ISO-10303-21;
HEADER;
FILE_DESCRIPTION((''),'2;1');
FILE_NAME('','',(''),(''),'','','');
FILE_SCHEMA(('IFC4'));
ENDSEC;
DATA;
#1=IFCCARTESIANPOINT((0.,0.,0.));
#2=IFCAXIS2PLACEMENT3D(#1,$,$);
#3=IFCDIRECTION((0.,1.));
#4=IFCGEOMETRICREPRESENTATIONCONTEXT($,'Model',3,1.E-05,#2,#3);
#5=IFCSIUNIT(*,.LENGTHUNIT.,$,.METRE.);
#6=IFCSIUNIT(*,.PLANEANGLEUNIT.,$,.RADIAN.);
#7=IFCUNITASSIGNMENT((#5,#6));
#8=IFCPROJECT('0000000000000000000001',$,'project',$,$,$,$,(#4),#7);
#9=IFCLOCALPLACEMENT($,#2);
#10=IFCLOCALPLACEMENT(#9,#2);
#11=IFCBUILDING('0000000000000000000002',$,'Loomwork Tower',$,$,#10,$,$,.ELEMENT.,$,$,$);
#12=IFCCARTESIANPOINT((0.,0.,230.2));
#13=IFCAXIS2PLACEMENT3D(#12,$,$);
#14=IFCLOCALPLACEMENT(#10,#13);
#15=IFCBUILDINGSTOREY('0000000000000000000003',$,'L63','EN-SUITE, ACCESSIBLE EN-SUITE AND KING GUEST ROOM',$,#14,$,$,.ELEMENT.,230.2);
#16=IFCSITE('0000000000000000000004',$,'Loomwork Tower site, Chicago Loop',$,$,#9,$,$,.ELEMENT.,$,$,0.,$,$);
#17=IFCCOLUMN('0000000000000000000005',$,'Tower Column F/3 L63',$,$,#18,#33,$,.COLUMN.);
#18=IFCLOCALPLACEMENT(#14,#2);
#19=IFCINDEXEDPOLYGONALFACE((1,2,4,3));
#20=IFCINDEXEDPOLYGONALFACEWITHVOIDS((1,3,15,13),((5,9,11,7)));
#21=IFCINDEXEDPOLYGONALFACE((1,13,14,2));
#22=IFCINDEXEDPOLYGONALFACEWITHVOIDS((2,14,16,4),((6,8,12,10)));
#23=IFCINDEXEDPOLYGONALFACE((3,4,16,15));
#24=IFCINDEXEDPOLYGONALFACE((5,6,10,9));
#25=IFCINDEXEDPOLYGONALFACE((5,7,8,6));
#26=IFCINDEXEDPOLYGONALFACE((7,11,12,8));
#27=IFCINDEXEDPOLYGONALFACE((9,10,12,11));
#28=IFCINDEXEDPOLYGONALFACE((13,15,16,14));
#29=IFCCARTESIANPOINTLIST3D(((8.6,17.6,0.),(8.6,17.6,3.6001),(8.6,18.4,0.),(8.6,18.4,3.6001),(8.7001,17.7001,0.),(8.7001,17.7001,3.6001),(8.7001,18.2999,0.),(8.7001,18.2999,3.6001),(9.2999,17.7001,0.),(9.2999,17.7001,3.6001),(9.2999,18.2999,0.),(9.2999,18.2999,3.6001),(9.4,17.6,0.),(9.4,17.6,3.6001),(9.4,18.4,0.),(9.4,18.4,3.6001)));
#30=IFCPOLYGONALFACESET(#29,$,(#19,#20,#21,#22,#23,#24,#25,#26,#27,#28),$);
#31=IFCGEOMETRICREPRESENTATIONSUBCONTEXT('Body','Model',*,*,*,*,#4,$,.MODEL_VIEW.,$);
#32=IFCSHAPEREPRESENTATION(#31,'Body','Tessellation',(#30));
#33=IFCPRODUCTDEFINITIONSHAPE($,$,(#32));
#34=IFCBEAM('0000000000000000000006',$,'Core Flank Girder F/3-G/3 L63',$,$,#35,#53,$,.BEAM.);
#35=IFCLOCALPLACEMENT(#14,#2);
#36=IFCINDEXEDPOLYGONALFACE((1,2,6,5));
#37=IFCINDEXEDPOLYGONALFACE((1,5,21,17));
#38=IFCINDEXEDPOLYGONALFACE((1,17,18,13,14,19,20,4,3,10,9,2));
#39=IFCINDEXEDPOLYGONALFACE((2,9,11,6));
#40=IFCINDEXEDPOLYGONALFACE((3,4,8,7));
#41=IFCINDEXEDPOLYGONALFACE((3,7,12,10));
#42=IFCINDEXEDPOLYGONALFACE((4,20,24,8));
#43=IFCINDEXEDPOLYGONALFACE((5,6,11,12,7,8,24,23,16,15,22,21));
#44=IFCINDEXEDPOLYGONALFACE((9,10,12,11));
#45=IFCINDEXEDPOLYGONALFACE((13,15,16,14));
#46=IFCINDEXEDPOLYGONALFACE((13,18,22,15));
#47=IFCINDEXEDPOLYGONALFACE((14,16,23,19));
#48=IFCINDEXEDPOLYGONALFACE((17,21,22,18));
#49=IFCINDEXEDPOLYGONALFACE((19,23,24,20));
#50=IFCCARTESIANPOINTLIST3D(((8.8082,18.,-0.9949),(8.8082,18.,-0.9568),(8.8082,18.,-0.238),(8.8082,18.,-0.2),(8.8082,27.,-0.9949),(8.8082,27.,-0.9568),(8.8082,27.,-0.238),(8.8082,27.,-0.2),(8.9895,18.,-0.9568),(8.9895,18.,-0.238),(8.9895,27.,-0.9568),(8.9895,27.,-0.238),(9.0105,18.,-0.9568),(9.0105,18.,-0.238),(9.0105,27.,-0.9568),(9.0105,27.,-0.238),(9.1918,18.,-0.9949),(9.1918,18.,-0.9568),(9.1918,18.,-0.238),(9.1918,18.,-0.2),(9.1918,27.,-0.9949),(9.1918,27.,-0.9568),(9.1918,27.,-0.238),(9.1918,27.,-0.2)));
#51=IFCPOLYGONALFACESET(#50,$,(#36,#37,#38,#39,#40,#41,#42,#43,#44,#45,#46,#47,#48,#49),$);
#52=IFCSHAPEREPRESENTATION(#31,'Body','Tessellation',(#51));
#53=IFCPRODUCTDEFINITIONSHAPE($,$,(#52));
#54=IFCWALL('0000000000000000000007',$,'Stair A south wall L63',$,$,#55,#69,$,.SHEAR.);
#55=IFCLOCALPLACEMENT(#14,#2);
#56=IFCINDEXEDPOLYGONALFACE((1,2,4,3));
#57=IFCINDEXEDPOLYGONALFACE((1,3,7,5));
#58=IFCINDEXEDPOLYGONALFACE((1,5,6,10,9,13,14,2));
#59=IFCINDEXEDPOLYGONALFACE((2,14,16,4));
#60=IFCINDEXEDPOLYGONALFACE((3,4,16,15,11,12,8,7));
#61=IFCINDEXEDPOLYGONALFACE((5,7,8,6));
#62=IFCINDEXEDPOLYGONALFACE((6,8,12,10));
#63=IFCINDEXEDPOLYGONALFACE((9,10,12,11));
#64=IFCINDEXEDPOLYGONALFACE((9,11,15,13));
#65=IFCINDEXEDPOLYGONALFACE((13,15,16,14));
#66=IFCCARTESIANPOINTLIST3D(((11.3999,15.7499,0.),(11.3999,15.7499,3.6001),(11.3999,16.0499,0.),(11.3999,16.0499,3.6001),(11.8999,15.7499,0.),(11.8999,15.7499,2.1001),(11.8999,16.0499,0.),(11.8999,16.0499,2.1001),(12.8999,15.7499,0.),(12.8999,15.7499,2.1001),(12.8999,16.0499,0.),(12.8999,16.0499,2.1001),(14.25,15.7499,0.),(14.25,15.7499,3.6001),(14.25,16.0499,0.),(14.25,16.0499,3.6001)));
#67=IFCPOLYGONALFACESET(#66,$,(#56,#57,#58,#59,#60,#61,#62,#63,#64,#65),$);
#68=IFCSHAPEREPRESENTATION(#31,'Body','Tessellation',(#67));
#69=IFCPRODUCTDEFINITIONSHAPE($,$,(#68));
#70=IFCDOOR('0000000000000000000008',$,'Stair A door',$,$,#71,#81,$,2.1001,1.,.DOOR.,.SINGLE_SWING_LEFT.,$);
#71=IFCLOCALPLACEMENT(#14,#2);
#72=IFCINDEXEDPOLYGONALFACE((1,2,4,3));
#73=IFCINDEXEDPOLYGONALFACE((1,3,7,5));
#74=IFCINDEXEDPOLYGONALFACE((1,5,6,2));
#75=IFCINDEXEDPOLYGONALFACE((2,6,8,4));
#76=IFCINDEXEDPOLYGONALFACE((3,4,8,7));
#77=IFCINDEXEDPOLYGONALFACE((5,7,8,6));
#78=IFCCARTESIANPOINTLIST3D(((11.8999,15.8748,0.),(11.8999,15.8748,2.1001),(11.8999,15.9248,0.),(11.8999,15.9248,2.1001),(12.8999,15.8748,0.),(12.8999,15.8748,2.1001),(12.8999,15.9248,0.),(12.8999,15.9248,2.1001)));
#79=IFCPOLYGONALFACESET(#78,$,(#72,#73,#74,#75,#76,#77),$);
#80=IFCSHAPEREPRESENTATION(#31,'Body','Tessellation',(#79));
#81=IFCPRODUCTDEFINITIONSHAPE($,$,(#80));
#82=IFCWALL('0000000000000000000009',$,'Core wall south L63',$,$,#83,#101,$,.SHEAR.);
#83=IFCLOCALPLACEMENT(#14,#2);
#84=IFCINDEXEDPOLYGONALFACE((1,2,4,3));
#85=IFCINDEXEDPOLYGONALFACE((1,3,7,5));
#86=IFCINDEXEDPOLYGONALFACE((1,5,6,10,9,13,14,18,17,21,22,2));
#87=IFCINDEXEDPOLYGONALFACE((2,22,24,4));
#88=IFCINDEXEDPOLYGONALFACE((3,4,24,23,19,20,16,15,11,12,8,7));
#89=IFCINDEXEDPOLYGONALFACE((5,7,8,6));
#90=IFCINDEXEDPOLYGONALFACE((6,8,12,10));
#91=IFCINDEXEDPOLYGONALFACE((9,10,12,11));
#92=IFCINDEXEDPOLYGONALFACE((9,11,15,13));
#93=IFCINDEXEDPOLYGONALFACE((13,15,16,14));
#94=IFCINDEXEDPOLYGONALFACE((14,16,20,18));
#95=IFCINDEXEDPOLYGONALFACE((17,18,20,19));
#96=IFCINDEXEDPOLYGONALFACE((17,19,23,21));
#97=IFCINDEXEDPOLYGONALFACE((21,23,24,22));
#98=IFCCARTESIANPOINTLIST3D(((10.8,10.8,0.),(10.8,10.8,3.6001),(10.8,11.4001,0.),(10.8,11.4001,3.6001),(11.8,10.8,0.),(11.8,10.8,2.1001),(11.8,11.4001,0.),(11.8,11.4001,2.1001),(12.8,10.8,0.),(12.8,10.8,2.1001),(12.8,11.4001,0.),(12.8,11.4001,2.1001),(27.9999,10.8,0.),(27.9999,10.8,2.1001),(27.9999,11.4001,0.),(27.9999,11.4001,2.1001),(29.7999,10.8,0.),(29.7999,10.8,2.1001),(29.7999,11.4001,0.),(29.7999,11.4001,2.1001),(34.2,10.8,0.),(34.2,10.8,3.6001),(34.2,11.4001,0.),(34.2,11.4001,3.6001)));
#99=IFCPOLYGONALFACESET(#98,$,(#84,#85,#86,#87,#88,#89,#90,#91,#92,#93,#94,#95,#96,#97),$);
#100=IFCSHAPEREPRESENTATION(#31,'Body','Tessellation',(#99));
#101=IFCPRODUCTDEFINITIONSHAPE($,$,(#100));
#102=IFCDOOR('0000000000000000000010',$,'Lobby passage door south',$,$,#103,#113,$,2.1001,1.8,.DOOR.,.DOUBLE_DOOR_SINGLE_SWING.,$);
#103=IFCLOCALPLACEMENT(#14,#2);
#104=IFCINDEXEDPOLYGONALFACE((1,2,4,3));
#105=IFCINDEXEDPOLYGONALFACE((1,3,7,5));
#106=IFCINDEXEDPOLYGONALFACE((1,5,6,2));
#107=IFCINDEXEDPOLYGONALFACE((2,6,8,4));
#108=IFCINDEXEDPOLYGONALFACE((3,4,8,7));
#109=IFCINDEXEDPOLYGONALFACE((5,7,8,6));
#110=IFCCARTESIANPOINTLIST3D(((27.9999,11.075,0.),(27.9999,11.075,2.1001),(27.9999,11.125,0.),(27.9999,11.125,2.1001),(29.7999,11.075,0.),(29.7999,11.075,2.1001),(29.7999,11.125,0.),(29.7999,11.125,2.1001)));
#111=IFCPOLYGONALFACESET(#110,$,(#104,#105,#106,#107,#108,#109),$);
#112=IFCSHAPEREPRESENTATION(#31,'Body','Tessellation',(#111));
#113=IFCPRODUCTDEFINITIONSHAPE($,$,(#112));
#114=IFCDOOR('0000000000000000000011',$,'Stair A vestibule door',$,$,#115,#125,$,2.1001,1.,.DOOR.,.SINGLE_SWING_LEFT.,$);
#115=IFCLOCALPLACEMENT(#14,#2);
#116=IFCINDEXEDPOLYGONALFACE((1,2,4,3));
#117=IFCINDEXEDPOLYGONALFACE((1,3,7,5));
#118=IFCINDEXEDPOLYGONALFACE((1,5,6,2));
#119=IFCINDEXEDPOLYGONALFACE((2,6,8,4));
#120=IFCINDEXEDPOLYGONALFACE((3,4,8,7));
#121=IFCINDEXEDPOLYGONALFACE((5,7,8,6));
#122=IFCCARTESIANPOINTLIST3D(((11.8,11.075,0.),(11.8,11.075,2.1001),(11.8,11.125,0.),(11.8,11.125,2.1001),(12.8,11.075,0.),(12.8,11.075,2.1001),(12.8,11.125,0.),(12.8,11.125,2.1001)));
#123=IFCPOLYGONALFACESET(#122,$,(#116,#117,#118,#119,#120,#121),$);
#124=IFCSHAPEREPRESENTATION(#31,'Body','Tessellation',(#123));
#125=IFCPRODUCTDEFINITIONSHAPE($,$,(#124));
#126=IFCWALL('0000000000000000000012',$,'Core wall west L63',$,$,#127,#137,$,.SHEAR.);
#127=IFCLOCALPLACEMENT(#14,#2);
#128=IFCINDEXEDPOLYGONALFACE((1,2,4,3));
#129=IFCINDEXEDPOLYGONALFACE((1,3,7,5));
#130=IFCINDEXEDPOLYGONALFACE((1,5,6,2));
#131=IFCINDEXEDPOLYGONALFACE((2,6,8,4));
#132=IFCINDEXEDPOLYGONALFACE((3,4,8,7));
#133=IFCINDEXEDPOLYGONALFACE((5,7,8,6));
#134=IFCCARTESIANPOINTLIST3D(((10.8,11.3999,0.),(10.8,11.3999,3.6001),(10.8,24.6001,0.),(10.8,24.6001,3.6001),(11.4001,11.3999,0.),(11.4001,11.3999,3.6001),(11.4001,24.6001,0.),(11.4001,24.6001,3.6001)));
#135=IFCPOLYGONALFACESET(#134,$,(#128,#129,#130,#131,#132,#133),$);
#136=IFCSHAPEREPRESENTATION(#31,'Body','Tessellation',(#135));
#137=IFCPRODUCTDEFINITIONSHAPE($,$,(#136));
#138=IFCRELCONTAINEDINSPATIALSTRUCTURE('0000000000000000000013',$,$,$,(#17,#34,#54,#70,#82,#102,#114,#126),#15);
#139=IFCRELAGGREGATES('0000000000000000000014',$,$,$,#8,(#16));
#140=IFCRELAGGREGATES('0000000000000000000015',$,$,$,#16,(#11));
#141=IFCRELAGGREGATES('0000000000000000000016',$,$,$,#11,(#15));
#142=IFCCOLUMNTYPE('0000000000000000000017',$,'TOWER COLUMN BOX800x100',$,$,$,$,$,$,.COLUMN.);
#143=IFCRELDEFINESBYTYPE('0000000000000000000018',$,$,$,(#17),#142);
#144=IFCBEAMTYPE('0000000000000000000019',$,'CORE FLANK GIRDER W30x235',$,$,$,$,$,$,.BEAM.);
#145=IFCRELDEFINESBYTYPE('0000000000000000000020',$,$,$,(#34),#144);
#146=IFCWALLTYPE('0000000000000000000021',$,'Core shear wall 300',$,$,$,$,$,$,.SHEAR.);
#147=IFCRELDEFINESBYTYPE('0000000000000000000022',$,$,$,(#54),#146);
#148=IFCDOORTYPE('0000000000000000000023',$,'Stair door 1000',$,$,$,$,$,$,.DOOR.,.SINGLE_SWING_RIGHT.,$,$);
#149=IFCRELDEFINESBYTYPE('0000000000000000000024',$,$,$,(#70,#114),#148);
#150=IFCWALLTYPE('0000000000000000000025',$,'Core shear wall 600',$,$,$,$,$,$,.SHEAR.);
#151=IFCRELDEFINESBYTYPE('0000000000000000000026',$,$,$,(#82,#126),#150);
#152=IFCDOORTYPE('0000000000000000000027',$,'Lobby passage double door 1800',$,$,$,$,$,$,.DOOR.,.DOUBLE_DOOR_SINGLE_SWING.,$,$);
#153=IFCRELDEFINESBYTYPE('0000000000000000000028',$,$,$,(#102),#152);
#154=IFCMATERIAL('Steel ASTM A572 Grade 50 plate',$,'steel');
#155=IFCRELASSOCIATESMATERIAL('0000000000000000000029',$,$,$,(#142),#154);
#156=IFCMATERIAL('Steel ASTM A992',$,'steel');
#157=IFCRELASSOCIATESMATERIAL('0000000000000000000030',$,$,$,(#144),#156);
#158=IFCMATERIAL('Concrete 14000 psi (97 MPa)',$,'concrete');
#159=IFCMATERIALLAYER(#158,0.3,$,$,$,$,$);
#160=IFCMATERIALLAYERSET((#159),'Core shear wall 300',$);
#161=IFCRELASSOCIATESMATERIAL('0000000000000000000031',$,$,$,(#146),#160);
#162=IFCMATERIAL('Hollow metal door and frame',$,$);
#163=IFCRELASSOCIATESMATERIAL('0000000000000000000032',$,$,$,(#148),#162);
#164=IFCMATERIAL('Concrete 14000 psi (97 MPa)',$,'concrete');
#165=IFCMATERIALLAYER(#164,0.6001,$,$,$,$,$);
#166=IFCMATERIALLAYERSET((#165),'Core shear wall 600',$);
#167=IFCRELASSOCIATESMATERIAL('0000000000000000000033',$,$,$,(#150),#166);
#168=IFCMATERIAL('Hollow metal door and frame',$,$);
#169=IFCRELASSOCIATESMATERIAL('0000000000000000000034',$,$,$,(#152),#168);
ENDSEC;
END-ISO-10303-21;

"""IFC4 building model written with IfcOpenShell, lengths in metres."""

from ifc_helpers import new_model, si_unit, direction, frame, frame_2d, origin, origin_2d, place, context, subcontext, project, spatial, rectangle, hollow_rectangle, i_section, extrude, material, layer, layer_set, material_profile, profile_set, type_object, element, fill, save


model = new_model("IFC4")

# Units and contexts
model_context = context("Model", 3, precision=1e-05, world=origin(), true_north=direction((0.0, 1.0)))
body_context = subcontext(model_context, "Body", "Model", "MODEL_VIEW")
ifc_project = project(units=[si_unit("LENGTHUNIT", "METRE"), si_unit("PLANEANGLEUNIT", "RADIAN")], contexts=[model_context])

# Site, building, storey
site_placement = place(None, origin())
site = spatial("IfcSite", under=ifc_project, at=site_placement, Name="Loomwork Tower site, Chicago Loop", CompositionType="ELEMENT", RefElevation=0.0)
building_placement = place(site_placement, origin())
building = spatial("IfcBuilding", under=site, at=building_placement, Name="Loomwork Tower", CompositionType="ELEMENT")
storey_placement = place(building_placement, frame((0.0, 0.0, 230.2)))
storey = spatial("IfcBuildingStorey", under=building, at=storey_placement, Name="L63", Description="EN-SUITE, ACCESSIBLE EN-SUITE AND KING GUEST ROOM", CompositionType="ELEMENT", Elevation=230.2)

# Column
ifc_material_1 = material(Name="Steel ASTM A572 Grade 50 plate", Category="steel")
ifc_material_profile_1 = material_profile(ifc_material_1, hollow_rectangle(XDim=0.8, YDim=0.8, WallThickness=0.1001, at=origin_2d()), Name="BOX800x100")
ifc_profile_set_1 = profile_set([ifc_material_profile_1], Name="Steel ASTM A572 Grade 50 plate")
column_type = type_object("IfcColumnType", Name="TOWER COLUMN BOX800x100", PredefinedType="COLUMN", material=ifc_profile_set_1)
column_placement = place(storey_placement, frame((9.0, 18.0, 0.0), z_axis=(0.0, 0.0, 1.0), x_axis=(1.0, 0.0, 0.0)))
element("IfcColumn", 1, at=column_placement, inside=storey, type_object=column_type, Name="Tower Column F/3 L63", PredefinedType="COLUMN", context=body_context, shape_type="SweptSolid", body=[
    extrude(hollow_rectangle(XDim=0.8, YDim=0.8, WallThickness=0.1001, at=origin_2d()), origin(), (0.0, 0.0, 1.0), 3.6001),
])

# Beam
ifc_material_2 = material(Name="Steel ASTM A992", Category="steel")
ifc_material_profile_2 = material_profile(ifc_material_2, i_section(OverallWidth=0.3835, OverallDepth=0.7949, WebThickness=0.021, FlangeThickness=0.0381, at=origin_2d()), Name="W30x235")
ifc_profile_set_2 = profile_set([ifc_material_profile_2], Name="Steel ASTM A992")
beam_type = type_object("IfcBeamType", Name="CORE FLANK GIRDER W30x235", PredefinedType="BEAM", material=ifc_profile_set_2)
beam_placement = place(storey_placement, frame((9.0, 18.0, -0.5974), z_axis=(0.0, 1.0, 0.0), x_axis=(-1.0, 0.0, 0.0)))
element("IfcBeam", 2, at=beam_placement, inside=storey, type_object=beam_type, Name="Core Flank Girder F/3-G/3 L63", PredefinedType="BEAM", context=body_context, shape_type="SweptSolid", body=[
    extrude(i_section(OverallWidth=0.3835, OverallDepth=0.7949, WebThickness=0.021, FlangeThickness=0.0381, at=origin_2d()), origin(), (0.0, 0.0, 1.0), 9.0),
])

# Wall, opening, door
ifc_material_3 = material(Name="Concrete 14000 psi (97 MPa)", Category="concrete")
ifc_layer_1 = layer(ifc_material_3, 0.3)
ifc_layer_set_1 = layer_set([ifc_layer_1], Name="Core shear wall 300")
wall_type_1 = type_object("IfcWallType", Name="Core shear wall 300", PredefinedType="SHEAR", material=ifc_layer_set_1)
wall_1_placement = place(storey_placement, frame((11.3999, 15.8999, 0.0), z_axis=(0.0, 0.0, 1.0), x_axis=(1.0, 0.0, 0.0)))
wall_1 = element("IfcWall", 3, at=wall_1_placement, inside=storey, type_object=wall_type_1, Name="Stair A south wall L63", PredefinedType="SHEAR", context=body_context, shape_type="SweptSolid", body=[
    extrude(rectangle(XDim=2.8501, YDim=0.3, at=frame_2d((1.425, 0.0))), origin(), (0.0, 0.0, 1.0), 3.6001),
])
opening_1_placement = place(wall_1_placement, frame((0.5, 0.0, 0.0)))
opening_1 = element("IfcOpeningElement", 4, at=opening_1_placement, cuts=wall_1, PredefinedType="OPENING", context=body_context, shape_type="SweptSolid", body=[
    extrude(rectangle(XDim=1.0, YDim=2.1001, at=frame_2d((0.5, 1.05))), frame((0.0, 0.1599, 0.0), z_axis=(0.0, -1.0, 0.0), x_axis=(1.0, 0.0, 0.0)), (0.0, 0.0, 1.0), 0.3201),
])
ifc_material_4 = material(Name="Hollow metal door and frame")
door_type_1 = type_object("IfcDoorType", Name="Stair door 1000", OperationType="SINGLE_SWING_RIGHT", PredefinedType="DOOR", material=ifc_material_4)
door_1_placement = place(opening_1_placement, origin())
door_1 = element("IfcDoor", 5, at=door_1_placement, inside=storey, type_object=door_type_1, Name="Stair A door", OperationType="SINGLE_SWING_LEFT", OverallHeight=2.1001, OverallWidth=1.0, PredefinedType="DOOR", context=body_context, shape_type="SweptSolid", body=[
    extrude(rectangle(XDim=1.0, YDim=2.1001, at=frame_2d((0.5, 1.05))), frame((0.0, 0.0249, 0.0), z_axis=(0.0, -1.0, 0.0), x_axis=(1.0, 0.0, 0.0)), (0.0, 0.0, 1.0), 0.05),
])
fill(opening_1, door_1)

# Wall, openings, doors
ifc_material_5 = material(Name="Concrete 14000 psi (97 MPa)", Category="concrete")
ifc_layer_2 = layer(ifc_material_5, 0.6001)
ifc_layer_set_2 = layer_set([ifc_layer_2], Name="Core shear wall 600")
wall_type_2 = type_object("IfcWallType", Name="Core shear wall 600", PredefinedType="SHEAR", material=ifc_layer_set_2)
wall_2_placement = place(storey_placement, frame((10.8, 11.1001, 0.0), z_axis=(0.0, 0.0, 1.0), x_axis=(1.0, 0.0, 0.0)))
wall_2 = element("IfcWall", 6, at=wall_2_placement, inside=storey, type_object=wall_type_2, Name="Core wall south L63", PredefinedType="SHEAR", context=body_context, shape_type="SweptSolid", body=[
    extrude(rectangle(XDim=23.3999, YDim=0.6001, at=frame_2d((11.7, 0.0))), origin(), (0.0, 0.0, 1.0), 3.6001),
])
opening_2_placement = place(wall_2_placement, frame((1.0, 0.0, 0.0)))
opening_2 = element("IfcOpeningElement", 7, at=opening_2_placement, cuts=wall_2, PredefinedType="OPENING", context=body_context, shape_type="SweptSolid", body=[
    extrude(rectangle(XDim=1.0, YDim=2.1001, at=frame_2d((0.5, 1.05))), frame((0.0, 0.3101, 0.0), z_axis=(0.0, -1.0, 0.0), x_axis=(1.0, 0.0, 0.0)), (0.0, 0.0, 1.0), 0.6201),
])
opening_3_placement = place(wall_2_placement, frame((17.2, 0.0, 0.0)))
opening_3 = element("IfcOpeningElement", 8, at=opening_3_placement, cuts=wall_2, PredefinedType="OPENING", context=body_context, shape_type="SweptSolid", body=[
    extrude(rectangle(XDim=1.8, YDim=2.1001, at=frame_2d((0.8999, 1.05))), frame((0.0, 0.3101, 0.0), z_axis=(0.0, -1.0, 0.0), x_axis=(1.0, 0.0, 0.0)), (0.0, 0.0, 1.0), 0.6201),
])
ifc_material_6 = material(Name="Hollow metal door and frame")
door_type_2 = type_object("IfcDoorType", Name="Lobby passage double door 1800", OperationType="DOUBLE_DOOR_SINGLE_SWING", PredefinedType="DOOR", material=ifc_material_6)
door_2_placement = place(opening_3_placement, origin())
door_2 = element("IfcDoor", 9, at=door_2_placement, inside=storey, type_object=door_type_2, Name="Lobby passage door south", OperationType="DOUBLE_DOOR_SINGLE_SWING", OverallHeight=2.1001, OverallWidth=1.8, PredefinedType="DOOR", context=body_context, shape_type="SweptSolid", body=[
    extrude(rectangle(XDim=1.8, YDim=2.1001, at=frame_2d((0.8999, 1.05))), frame((0.0, 0.0249, 0.0), z_axis=(0.0, -1.0, 0.0), x_axis=(1.0, 0.0, 0.0)), (0.0, 0.0, 1.0), 0.05),
])
fill(opening_3, door_2)
door_3_placement = place(opening_2_placement, origin())
door_3 = element("IfcDoor", 10, at=door_3_placement, inside=storey, type_object=door_type_1, Name="Stair A vestibule door", OperationType="SINGLE_SWING_LEFT", OverallHeight=2.1001, OverallWidth=1.0, PredefinedType="DOOR", context=body_context, shape_type="SweptSolid", body=[
    extrude(rectangle(XDim=1.0, YDim=2.1001, at=frame_2d((0.5, 1.05))), frame((0.0, 0.0249, 0.0), z_axis=(0.0, -1.0, 0.0), x_axis=(1.0, 0.0, 0.0)), (0.0, 0.0, 1.0), 0.05),
])
fill(opening_2, door_3)

# Wall
wall_3_placement = place(storey_placement, frame((11.1001, 11.3999, 0.0), z_axis=(0.0, 0.0, 1.0), x_axis=(0.0, 1.0, 0.0)))
element("IfcWall", 11, at=wall_3_placement, inside=storey, type_object=wall_type_2, Name="Core wall west L63", PredefinedType="SHEAR", context=body_context, shape_type="SweptSolid", body=[
    extrude(rectangle(XDim=13.2002, YDim=0.6001, at=frame_2d((6.6001, 0.0))), origin(), (0.0, 0.0, 1.0), 3.6001),
])

save(model, "model.ifc")
